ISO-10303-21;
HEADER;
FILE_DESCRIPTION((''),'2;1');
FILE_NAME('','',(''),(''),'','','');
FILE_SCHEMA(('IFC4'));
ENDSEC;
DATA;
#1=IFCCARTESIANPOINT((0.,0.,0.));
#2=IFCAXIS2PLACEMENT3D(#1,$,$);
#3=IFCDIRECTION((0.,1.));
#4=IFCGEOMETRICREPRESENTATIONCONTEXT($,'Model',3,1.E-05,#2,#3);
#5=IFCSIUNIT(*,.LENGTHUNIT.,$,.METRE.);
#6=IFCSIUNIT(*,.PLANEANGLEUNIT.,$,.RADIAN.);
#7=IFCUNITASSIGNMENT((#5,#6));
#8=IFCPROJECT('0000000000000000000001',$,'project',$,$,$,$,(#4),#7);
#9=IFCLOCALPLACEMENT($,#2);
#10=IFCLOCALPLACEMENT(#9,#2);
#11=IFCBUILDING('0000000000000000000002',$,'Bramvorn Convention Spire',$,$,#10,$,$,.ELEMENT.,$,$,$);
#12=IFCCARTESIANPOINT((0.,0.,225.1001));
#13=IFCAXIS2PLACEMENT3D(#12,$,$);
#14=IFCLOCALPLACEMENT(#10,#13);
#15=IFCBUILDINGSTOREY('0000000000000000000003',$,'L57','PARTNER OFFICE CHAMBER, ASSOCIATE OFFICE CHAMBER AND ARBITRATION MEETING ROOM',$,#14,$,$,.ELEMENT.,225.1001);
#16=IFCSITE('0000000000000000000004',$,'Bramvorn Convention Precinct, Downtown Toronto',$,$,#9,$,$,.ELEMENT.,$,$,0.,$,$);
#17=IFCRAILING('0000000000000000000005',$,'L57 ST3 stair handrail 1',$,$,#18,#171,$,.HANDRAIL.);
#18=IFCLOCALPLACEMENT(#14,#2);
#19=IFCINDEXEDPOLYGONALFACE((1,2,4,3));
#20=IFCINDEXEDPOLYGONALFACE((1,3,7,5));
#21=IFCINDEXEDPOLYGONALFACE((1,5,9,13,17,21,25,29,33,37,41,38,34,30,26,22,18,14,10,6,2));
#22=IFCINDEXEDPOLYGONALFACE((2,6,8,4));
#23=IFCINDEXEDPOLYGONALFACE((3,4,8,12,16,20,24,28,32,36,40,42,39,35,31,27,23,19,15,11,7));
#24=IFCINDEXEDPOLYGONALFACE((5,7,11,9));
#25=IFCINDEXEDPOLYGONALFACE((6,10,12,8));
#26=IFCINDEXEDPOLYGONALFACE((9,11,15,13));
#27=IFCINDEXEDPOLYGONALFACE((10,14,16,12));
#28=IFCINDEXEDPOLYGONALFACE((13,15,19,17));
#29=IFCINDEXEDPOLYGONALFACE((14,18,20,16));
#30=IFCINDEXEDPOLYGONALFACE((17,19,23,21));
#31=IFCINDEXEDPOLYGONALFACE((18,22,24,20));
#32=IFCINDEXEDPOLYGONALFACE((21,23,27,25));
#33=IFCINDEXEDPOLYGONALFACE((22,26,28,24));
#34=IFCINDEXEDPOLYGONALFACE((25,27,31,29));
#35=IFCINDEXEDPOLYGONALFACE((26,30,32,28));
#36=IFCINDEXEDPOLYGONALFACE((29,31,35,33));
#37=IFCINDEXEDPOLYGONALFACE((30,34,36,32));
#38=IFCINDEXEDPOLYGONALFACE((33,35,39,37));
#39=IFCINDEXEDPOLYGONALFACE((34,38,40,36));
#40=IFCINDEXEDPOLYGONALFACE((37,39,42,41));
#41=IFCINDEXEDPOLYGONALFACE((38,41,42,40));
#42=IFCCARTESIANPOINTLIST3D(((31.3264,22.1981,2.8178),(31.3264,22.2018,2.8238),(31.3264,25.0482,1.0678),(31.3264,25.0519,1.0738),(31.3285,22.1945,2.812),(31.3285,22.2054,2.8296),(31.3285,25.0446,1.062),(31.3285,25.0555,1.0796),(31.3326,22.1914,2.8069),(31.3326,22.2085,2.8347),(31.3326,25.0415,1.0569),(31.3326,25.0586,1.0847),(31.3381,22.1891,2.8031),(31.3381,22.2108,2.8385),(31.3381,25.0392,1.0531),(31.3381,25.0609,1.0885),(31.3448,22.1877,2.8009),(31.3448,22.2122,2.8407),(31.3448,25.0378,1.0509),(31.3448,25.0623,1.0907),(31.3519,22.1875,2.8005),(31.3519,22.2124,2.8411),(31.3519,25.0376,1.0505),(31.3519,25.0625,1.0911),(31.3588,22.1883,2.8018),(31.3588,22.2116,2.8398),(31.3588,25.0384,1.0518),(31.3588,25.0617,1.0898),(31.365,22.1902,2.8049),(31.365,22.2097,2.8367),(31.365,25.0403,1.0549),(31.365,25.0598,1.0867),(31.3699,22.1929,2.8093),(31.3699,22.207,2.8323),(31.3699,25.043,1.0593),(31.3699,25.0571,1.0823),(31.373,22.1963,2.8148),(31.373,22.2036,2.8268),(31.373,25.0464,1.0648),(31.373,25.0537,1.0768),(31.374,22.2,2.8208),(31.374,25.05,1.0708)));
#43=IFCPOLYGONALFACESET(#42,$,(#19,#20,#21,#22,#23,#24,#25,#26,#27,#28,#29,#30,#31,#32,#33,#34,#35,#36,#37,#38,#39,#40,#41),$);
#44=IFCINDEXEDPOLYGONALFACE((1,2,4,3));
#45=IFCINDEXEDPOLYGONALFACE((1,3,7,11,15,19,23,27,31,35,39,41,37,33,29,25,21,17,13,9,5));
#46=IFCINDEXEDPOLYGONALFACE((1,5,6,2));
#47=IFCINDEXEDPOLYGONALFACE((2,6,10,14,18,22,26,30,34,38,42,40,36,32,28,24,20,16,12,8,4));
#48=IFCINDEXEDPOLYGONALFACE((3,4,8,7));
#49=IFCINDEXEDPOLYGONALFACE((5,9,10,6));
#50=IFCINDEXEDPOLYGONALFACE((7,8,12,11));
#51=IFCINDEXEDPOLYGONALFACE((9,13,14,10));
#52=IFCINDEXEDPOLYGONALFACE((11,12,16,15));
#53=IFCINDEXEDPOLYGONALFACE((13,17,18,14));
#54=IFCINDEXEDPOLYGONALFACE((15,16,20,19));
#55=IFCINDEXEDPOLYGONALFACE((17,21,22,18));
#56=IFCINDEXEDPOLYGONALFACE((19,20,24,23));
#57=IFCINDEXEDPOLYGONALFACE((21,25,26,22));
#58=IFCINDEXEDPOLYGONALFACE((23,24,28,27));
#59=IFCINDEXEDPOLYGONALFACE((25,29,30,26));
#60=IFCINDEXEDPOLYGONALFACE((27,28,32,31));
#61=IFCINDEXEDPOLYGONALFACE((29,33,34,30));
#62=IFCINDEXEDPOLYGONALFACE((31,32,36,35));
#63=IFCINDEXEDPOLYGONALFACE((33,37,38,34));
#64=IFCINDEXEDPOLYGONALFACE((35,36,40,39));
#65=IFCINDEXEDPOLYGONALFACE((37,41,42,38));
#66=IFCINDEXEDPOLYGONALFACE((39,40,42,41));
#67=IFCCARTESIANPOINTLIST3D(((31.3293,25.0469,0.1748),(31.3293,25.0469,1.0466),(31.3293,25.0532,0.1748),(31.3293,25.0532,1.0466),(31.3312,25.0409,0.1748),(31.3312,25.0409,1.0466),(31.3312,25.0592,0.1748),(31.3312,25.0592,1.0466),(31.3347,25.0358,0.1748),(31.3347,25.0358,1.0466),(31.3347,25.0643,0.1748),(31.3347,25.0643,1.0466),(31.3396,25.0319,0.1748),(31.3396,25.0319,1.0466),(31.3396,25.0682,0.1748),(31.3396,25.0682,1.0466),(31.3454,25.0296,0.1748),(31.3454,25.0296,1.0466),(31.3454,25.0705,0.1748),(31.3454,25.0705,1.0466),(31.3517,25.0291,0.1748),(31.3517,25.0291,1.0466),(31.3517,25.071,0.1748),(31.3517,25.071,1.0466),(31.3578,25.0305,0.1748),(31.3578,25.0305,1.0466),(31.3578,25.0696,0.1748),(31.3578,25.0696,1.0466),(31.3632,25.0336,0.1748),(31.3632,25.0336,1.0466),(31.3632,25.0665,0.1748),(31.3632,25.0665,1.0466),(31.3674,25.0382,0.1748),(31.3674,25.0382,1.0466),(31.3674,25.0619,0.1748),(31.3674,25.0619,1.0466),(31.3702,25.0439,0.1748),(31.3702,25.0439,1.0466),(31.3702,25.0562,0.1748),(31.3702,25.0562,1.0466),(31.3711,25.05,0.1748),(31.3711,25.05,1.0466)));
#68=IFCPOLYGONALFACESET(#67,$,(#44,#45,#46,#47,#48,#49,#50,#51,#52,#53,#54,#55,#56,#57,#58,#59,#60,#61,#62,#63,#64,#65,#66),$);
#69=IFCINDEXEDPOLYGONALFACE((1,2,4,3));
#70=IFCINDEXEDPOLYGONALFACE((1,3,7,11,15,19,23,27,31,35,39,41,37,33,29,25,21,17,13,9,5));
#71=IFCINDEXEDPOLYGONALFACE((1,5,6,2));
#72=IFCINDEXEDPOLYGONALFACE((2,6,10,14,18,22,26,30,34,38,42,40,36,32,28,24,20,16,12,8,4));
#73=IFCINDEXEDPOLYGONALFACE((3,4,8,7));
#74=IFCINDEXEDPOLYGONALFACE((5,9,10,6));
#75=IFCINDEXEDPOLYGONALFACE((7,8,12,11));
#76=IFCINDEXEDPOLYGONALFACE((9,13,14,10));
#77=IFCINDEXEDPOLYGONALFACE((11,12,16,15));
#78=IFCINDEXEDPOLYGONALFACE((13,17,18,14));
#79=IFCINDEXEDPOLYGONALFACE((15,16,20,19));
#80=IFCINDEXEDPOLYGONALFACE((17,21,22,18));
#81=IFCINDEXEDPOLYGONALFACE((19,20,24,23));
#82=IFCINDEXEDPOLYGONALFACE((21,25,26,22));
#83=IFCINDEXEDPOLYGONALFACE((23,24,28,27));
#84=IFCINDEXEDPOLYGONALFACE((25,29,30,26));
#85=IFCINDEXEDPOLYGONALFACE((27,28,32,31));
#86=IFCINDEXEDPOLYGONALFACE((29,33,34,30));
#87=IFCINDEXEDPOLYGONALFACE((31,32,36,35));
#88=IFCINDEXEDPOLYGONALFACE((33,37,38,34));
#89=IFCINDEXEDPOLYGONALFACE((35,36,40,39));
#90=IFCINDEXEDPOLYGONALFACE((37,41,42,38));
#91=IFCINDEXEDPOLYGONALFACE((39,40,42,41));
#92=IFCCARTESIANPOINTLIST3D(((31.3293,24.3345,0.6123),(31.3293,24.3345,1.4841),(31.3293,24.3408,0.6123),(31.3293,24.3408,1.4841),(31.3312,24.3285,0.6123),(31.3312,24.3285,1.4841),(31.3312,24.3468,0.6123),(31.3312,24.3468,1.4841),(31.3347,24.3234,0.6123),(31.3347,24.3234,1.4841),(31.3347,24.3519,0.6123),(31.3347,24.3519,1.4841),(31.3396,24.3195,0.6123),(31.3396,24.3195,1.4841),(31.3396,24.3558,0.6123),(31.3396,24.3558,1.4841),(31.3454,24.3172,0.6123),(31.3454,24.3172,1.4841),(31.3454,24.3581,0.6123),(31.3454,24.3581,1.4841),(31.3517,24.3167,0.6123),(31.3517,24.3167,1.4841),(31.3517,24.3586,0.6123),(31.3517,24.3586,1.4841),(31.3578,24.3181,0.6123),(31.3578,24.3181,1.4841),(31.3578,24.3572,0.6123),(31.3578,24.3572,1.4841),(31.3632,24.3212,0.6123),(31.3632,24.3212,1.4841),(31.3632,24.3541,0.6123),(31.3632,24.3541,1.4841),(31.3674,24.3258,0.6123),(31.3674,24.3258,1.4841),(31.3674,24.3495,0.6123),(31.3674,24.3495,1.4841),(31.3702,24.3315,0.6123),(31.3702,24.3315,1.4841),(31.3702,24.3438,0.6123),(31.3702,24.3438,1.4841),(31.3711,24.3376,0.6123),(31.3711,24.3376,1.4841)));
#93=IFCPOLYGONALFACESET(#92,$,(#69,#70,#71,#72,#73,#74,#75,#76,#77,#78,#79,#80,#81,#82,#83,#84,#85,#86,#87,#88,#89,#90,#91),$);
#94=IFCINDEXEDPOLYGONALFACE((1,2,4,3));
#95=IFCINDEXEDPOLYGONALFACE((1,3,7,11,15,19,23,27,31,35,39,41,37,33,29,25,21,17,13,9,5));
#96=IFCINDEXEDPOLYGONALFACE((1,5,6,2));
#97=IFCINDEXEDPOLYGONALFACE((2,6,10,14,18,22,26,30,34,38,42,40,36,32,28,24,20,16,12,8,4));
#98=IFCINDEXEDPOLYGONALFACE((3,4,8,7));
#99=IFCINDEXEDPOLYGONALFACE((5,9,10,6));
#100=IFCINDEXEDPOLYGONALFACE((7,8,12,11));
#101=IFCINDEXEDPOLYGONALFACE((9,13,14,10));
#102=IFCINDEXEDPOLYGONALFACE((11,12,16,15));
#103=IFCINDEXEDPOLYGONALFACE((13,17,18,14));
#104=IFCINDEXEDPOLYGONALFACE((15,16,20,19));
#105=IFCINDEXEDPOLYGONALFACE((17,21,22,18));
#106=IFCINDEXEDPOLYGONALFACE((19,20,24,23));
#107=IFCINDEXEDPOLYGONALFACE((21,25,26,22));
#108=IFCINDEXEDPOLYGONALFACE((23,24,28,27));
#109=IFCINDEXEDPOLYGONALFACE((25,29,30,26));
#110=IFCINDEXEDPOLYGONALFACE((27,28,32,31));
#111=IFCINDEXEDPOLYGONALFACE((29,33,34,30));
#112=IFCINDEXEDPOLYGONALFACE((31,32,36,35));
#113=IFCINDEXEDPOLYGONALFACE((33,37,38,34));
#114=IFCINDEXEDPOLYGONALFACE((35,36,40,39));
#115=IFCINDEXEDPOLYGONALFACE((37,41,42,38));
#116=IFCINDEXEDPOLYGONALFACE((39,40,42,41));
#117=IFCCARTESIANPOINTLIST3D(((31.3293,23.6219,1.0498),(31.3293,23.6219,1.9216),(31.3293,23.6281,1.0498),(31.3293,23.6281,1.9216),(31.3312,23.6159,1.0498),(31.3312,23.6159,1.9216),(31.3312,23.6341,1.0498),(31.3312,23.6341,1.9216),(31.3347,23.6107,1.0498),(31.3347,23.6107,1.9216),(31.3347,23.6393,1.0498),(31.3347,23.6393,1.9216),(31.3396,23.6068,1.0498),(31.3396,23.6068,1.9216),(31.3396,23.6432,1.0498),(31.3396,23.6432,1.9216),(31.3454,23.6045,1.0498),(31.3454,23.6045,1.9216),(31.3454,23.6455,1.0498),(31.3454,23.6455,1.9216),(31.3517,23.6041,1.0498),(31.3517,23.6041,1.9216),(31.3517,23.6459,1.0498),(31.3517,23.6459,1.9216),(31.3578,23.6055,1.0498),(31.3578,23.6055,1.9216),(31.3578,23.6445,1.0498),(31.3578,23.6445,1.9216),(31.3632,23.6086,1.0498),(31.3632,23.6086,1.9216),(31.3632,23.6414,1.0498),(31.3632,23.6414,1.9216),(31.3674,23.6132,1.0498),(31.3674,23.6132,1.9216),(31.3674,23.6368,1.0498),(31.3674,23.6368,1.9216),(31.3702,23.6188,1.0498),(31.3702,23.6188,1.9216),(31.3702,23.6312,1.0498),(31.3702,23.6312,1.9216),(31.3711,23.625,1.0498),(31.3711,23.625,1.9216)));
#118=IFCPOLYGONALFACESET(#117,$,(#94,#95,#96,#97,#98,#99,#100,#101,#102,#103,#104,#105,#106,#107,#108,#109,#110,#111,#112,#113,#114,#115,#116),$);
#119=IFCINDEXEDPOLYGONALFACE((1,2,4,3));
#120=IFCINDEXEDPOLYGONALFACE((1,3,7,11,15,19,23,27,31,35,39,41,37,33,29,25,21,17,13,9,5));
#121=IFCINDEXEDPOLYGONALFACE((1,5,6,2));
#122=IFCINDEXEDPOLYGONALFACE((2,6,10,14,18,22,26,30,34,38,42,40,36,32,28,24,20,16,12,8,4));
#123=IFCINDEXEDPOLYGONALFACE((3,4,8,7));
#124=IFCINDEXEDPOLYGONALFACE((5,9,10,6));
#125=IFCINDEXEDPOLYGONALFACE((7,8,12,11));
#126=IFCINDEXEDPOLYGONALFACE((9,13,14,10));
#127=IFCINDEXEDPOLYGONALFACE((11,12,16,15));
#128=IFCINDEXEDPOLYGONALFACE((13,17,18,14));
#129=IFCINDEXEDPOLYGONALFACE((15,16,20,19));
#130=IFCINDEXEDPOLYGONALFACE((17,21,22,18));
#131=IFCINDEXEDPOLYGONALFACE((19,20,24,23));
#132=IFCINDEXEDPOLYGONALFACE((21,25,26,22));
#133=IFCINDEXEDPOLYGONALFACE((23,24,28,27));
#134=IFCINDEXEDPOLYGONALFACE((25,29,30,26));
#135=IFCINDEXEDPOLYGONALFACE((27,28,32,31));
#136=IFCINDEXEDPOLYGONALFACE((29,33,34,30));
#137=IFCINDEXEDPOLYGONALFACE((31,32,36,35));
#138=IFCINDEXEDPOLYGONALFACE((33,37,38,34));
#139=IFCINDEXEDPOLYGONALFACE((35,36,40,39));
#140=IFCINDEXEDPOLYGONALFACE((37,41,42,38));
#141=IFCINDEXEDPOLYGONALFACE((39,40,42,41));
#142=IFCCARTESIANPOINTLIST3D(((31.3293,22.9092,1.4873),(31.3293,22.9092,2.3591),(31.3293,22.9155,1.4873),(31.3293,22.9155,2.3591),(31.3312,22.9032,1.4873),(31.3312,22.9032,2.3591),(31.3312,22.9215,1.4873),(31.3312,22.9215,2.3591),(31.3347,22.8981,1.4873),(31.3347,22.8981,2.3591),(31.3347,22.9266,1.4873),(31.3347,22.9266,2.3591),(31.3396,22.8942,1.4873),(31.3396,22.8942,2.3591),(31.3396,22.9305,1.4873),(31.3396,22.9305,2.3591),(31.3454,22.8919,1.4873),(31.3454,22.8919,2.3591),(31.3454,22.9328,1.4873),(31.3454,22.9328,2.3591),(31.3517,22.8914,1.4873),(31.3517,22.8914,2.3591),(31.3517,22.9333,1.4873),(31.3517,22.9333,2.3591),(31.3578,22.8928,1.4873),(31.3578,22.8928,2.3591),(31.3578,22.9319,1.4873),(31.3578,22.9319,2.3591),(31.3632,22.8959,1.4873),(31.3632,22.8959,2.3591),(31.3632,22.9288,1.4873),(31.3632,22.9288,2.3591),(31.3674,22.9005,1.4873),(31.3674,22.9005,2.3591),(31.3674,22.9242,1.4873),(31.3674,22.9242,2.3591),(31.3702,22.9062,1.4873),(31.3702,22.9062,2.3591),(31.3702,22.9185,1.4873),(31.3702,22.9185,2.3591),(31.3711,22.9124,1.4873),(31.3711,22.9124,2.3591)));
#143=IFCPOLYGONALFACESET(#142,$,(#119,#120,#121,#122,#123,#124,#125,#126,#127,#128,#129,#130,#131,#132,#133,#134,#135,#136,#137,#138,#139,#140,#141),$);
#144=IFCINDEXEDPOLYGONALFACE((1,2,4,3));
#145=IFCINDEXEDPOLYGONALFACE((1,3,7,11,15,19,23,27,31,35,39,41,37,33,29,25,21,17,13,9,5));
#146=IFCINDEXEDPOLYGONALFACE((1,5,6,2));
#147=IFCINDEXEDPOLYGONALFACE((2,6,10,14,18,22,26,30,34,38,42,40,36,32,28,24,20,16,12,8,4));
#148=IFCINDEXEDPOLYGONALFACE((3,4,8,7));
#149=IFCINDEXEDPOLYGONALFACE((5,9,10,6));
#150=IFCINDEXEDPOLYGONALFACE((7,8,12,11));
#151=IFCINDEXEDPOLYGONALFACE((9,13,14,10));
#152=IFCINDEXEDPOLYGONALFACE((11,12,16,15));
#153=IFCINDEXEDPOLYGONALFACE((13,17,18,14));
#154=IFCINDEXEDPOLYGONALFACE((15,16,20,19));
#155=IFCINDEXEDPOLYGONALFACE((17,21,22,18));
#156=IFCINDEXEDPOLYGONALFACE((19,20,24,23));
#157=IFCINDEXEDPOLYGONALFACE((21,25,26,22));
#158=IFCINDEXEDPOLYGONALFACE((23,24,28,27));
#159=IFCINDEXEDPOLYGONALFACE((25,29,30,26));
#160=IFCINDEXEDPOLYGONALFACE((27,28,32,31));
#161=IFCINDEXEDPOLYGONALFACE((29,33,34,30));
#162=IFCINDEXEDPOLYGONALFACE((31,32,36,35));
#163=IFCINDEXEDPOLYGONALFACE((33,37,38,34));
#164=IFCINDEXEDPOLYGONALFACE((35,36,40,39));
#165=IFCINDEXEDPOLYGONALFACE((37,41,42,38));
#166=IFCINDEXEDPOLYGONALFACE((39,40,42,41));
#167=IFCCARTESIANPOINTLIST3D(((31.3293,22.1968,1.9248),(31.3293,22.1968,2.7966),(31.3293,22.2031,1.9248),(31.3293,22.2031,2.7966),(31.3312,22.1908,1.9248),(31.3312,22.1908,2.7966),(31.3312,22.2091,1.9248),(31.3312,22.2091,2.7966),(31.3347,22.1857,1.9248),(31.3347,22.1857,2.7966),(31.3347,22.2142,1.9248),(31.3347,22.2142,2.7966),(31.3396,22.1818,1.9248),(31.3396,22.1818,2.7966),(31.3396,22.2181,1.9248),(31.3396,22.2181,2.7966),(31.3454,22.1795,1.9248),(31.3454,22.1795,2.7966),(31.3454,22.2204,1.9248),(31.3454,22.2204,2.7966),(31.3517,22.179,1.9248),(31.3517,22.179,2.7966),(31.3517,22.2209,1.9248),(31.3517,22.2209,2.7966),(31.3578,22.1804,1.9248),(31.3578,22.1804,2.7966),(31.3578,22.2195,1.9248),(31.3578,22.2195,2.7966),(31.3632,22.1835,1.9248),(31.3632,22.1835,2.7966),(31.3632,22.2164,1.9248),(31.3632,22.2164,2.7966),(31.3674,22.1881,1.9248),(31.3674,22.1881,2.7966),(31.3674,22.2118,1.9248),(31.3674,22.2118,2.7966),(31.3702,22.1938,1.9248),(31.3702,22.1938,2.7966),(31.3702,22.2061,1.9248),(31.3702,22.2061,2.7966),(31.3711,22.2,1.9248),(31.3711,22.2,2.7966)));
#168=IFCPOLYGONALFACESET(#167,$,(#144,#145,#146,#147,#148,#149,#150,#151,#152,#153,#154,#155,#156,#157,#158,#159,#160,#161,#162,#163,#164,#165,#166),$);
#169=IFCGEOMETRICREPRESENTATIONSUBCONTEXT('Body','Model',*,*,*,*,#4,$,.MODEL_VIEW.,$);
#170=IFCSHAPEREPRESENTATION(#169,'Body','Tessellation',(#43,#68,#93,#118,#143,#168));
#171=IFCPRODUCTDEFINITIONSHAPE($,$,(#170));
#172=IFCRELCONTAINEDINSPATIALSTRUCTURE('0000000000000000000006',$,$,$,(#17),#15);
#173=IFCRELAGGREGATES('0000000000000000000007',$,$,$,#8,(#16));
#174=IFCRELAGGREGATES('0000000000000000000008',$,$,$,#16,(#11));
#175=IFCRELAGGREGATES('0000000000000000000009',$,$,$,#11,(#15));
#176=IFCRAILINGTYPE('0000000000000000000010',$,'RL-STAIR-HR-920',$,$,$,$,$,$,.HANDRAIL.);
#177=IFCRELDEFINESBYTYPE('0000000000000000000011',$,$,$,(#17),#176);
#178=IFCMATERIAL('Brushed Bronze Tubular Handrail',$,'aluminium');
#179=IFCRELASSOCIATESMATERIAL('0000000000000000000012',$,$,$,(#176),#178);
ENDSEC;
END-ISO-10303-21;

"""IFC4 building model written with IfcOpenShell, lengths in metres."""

from ifc_helpers import new_model, si_unit, direction, frame, origin, origin_2d, place, context, subcontext, project, spatial, circle, extrude, material, type_object, element, save


model = new_model("IFC4")

# Units and contexts
model_context = context("Model", 3, precision=1e-05, world=origin(), true_north=direction((0.0, 1.0)))
body_context = subcontext(model_context, "Body", "Model", "MODEL_VIEW")
ifc_project = project(units=[si_unit("LENGTHUNIT", "METRE"), si_unit("PLANEANGLEUNIT", "RADIAN")], contexts=[model_context])

# Site, building, storey
site_placement = place(None, origin())
site = spatial("IfcSite", under=ifc_project, at=site_placement, Name="Bramvorn Convention Precinct, Downtown Toronto", CompositionType="ELEMENT", RefElevation=0.0)
building_placement = place(site_placement, origin())
building = spatial("IfcBuilding", under=site, at=building_placement, Name="Bramvorn Convention Spire", CompositionType="ELEMENT")
storey_placement = place(building_placement, frame((0.0, 0.0, 225.1001)))
storey = spatial("IfcBuildingStorey", under=building, at=storey_placement, Name="L57", Description="PARTNER OFFICE CHAMBER, ASSOCIATE OFFICE CHAMBER AND ARBITRATION MEETING ROOM", CompositionType="ELEMENT", Elevation=225.1001)

# Railing
ifc_material_1 = material(Name="Brushed Bronze Tubular Handrail", Category="aluminium")
railing_type_1 = type_object("IfcRailingType", Name="RL-STAIR-HR-920", PredefinedType="HANDRAIL", material=ifc_material_1)
railing_1_placement = place(storey_placement, frame((31.3501, 25.05, 0.1748)))
element("IfcRailing", 1, at=railing_1_placement, inside=storey, type_object=railing_type_1, Name="L57 ST3 stair handrail 1", PredefinedType="HANDRAIL", context=body_context, shape_type="SweptSolid", body=[
    extrude(circle(Radius=0.0239, at=origin_2d()), frame((0.0, 0.0, 0.896), z_axis=(0.0, -0.852179, 0.52325), x_axis=(1.0, 0.0, 0.0)), (0.0, 0.0, 1.0), 3.3445),
    extrude(circle(Radius=0.021, at=origin_2d()), origin(), (0.0, 0.0, 1.0), 0.8718),
    extrude(circle(Radius=0.021, at=origin_2d()), frame((0.0, -0.7124, 0.4375)), (0.0, 0.0, 1.0), 0.8718),
    extrude(circle(Radius=0.021, at=origin_2d()), frame((0.0, -1.425, 0.875)), (0.0, 0.0, 1.0), 0.8718),
    extrude(circle(Radius=0.021, at=origin_2d()), frame((0.0, -2.1377, 1.3125)), (0.0, 0.0, 1.0), 0.8718),
    extrude(circle(Radius=0.021, at=origin_2d()), frame((0.0, -2.8501, 1.75)), (0.0, 0.0, 1.0), 0.8718),
])

save(model, "model.ifc")
